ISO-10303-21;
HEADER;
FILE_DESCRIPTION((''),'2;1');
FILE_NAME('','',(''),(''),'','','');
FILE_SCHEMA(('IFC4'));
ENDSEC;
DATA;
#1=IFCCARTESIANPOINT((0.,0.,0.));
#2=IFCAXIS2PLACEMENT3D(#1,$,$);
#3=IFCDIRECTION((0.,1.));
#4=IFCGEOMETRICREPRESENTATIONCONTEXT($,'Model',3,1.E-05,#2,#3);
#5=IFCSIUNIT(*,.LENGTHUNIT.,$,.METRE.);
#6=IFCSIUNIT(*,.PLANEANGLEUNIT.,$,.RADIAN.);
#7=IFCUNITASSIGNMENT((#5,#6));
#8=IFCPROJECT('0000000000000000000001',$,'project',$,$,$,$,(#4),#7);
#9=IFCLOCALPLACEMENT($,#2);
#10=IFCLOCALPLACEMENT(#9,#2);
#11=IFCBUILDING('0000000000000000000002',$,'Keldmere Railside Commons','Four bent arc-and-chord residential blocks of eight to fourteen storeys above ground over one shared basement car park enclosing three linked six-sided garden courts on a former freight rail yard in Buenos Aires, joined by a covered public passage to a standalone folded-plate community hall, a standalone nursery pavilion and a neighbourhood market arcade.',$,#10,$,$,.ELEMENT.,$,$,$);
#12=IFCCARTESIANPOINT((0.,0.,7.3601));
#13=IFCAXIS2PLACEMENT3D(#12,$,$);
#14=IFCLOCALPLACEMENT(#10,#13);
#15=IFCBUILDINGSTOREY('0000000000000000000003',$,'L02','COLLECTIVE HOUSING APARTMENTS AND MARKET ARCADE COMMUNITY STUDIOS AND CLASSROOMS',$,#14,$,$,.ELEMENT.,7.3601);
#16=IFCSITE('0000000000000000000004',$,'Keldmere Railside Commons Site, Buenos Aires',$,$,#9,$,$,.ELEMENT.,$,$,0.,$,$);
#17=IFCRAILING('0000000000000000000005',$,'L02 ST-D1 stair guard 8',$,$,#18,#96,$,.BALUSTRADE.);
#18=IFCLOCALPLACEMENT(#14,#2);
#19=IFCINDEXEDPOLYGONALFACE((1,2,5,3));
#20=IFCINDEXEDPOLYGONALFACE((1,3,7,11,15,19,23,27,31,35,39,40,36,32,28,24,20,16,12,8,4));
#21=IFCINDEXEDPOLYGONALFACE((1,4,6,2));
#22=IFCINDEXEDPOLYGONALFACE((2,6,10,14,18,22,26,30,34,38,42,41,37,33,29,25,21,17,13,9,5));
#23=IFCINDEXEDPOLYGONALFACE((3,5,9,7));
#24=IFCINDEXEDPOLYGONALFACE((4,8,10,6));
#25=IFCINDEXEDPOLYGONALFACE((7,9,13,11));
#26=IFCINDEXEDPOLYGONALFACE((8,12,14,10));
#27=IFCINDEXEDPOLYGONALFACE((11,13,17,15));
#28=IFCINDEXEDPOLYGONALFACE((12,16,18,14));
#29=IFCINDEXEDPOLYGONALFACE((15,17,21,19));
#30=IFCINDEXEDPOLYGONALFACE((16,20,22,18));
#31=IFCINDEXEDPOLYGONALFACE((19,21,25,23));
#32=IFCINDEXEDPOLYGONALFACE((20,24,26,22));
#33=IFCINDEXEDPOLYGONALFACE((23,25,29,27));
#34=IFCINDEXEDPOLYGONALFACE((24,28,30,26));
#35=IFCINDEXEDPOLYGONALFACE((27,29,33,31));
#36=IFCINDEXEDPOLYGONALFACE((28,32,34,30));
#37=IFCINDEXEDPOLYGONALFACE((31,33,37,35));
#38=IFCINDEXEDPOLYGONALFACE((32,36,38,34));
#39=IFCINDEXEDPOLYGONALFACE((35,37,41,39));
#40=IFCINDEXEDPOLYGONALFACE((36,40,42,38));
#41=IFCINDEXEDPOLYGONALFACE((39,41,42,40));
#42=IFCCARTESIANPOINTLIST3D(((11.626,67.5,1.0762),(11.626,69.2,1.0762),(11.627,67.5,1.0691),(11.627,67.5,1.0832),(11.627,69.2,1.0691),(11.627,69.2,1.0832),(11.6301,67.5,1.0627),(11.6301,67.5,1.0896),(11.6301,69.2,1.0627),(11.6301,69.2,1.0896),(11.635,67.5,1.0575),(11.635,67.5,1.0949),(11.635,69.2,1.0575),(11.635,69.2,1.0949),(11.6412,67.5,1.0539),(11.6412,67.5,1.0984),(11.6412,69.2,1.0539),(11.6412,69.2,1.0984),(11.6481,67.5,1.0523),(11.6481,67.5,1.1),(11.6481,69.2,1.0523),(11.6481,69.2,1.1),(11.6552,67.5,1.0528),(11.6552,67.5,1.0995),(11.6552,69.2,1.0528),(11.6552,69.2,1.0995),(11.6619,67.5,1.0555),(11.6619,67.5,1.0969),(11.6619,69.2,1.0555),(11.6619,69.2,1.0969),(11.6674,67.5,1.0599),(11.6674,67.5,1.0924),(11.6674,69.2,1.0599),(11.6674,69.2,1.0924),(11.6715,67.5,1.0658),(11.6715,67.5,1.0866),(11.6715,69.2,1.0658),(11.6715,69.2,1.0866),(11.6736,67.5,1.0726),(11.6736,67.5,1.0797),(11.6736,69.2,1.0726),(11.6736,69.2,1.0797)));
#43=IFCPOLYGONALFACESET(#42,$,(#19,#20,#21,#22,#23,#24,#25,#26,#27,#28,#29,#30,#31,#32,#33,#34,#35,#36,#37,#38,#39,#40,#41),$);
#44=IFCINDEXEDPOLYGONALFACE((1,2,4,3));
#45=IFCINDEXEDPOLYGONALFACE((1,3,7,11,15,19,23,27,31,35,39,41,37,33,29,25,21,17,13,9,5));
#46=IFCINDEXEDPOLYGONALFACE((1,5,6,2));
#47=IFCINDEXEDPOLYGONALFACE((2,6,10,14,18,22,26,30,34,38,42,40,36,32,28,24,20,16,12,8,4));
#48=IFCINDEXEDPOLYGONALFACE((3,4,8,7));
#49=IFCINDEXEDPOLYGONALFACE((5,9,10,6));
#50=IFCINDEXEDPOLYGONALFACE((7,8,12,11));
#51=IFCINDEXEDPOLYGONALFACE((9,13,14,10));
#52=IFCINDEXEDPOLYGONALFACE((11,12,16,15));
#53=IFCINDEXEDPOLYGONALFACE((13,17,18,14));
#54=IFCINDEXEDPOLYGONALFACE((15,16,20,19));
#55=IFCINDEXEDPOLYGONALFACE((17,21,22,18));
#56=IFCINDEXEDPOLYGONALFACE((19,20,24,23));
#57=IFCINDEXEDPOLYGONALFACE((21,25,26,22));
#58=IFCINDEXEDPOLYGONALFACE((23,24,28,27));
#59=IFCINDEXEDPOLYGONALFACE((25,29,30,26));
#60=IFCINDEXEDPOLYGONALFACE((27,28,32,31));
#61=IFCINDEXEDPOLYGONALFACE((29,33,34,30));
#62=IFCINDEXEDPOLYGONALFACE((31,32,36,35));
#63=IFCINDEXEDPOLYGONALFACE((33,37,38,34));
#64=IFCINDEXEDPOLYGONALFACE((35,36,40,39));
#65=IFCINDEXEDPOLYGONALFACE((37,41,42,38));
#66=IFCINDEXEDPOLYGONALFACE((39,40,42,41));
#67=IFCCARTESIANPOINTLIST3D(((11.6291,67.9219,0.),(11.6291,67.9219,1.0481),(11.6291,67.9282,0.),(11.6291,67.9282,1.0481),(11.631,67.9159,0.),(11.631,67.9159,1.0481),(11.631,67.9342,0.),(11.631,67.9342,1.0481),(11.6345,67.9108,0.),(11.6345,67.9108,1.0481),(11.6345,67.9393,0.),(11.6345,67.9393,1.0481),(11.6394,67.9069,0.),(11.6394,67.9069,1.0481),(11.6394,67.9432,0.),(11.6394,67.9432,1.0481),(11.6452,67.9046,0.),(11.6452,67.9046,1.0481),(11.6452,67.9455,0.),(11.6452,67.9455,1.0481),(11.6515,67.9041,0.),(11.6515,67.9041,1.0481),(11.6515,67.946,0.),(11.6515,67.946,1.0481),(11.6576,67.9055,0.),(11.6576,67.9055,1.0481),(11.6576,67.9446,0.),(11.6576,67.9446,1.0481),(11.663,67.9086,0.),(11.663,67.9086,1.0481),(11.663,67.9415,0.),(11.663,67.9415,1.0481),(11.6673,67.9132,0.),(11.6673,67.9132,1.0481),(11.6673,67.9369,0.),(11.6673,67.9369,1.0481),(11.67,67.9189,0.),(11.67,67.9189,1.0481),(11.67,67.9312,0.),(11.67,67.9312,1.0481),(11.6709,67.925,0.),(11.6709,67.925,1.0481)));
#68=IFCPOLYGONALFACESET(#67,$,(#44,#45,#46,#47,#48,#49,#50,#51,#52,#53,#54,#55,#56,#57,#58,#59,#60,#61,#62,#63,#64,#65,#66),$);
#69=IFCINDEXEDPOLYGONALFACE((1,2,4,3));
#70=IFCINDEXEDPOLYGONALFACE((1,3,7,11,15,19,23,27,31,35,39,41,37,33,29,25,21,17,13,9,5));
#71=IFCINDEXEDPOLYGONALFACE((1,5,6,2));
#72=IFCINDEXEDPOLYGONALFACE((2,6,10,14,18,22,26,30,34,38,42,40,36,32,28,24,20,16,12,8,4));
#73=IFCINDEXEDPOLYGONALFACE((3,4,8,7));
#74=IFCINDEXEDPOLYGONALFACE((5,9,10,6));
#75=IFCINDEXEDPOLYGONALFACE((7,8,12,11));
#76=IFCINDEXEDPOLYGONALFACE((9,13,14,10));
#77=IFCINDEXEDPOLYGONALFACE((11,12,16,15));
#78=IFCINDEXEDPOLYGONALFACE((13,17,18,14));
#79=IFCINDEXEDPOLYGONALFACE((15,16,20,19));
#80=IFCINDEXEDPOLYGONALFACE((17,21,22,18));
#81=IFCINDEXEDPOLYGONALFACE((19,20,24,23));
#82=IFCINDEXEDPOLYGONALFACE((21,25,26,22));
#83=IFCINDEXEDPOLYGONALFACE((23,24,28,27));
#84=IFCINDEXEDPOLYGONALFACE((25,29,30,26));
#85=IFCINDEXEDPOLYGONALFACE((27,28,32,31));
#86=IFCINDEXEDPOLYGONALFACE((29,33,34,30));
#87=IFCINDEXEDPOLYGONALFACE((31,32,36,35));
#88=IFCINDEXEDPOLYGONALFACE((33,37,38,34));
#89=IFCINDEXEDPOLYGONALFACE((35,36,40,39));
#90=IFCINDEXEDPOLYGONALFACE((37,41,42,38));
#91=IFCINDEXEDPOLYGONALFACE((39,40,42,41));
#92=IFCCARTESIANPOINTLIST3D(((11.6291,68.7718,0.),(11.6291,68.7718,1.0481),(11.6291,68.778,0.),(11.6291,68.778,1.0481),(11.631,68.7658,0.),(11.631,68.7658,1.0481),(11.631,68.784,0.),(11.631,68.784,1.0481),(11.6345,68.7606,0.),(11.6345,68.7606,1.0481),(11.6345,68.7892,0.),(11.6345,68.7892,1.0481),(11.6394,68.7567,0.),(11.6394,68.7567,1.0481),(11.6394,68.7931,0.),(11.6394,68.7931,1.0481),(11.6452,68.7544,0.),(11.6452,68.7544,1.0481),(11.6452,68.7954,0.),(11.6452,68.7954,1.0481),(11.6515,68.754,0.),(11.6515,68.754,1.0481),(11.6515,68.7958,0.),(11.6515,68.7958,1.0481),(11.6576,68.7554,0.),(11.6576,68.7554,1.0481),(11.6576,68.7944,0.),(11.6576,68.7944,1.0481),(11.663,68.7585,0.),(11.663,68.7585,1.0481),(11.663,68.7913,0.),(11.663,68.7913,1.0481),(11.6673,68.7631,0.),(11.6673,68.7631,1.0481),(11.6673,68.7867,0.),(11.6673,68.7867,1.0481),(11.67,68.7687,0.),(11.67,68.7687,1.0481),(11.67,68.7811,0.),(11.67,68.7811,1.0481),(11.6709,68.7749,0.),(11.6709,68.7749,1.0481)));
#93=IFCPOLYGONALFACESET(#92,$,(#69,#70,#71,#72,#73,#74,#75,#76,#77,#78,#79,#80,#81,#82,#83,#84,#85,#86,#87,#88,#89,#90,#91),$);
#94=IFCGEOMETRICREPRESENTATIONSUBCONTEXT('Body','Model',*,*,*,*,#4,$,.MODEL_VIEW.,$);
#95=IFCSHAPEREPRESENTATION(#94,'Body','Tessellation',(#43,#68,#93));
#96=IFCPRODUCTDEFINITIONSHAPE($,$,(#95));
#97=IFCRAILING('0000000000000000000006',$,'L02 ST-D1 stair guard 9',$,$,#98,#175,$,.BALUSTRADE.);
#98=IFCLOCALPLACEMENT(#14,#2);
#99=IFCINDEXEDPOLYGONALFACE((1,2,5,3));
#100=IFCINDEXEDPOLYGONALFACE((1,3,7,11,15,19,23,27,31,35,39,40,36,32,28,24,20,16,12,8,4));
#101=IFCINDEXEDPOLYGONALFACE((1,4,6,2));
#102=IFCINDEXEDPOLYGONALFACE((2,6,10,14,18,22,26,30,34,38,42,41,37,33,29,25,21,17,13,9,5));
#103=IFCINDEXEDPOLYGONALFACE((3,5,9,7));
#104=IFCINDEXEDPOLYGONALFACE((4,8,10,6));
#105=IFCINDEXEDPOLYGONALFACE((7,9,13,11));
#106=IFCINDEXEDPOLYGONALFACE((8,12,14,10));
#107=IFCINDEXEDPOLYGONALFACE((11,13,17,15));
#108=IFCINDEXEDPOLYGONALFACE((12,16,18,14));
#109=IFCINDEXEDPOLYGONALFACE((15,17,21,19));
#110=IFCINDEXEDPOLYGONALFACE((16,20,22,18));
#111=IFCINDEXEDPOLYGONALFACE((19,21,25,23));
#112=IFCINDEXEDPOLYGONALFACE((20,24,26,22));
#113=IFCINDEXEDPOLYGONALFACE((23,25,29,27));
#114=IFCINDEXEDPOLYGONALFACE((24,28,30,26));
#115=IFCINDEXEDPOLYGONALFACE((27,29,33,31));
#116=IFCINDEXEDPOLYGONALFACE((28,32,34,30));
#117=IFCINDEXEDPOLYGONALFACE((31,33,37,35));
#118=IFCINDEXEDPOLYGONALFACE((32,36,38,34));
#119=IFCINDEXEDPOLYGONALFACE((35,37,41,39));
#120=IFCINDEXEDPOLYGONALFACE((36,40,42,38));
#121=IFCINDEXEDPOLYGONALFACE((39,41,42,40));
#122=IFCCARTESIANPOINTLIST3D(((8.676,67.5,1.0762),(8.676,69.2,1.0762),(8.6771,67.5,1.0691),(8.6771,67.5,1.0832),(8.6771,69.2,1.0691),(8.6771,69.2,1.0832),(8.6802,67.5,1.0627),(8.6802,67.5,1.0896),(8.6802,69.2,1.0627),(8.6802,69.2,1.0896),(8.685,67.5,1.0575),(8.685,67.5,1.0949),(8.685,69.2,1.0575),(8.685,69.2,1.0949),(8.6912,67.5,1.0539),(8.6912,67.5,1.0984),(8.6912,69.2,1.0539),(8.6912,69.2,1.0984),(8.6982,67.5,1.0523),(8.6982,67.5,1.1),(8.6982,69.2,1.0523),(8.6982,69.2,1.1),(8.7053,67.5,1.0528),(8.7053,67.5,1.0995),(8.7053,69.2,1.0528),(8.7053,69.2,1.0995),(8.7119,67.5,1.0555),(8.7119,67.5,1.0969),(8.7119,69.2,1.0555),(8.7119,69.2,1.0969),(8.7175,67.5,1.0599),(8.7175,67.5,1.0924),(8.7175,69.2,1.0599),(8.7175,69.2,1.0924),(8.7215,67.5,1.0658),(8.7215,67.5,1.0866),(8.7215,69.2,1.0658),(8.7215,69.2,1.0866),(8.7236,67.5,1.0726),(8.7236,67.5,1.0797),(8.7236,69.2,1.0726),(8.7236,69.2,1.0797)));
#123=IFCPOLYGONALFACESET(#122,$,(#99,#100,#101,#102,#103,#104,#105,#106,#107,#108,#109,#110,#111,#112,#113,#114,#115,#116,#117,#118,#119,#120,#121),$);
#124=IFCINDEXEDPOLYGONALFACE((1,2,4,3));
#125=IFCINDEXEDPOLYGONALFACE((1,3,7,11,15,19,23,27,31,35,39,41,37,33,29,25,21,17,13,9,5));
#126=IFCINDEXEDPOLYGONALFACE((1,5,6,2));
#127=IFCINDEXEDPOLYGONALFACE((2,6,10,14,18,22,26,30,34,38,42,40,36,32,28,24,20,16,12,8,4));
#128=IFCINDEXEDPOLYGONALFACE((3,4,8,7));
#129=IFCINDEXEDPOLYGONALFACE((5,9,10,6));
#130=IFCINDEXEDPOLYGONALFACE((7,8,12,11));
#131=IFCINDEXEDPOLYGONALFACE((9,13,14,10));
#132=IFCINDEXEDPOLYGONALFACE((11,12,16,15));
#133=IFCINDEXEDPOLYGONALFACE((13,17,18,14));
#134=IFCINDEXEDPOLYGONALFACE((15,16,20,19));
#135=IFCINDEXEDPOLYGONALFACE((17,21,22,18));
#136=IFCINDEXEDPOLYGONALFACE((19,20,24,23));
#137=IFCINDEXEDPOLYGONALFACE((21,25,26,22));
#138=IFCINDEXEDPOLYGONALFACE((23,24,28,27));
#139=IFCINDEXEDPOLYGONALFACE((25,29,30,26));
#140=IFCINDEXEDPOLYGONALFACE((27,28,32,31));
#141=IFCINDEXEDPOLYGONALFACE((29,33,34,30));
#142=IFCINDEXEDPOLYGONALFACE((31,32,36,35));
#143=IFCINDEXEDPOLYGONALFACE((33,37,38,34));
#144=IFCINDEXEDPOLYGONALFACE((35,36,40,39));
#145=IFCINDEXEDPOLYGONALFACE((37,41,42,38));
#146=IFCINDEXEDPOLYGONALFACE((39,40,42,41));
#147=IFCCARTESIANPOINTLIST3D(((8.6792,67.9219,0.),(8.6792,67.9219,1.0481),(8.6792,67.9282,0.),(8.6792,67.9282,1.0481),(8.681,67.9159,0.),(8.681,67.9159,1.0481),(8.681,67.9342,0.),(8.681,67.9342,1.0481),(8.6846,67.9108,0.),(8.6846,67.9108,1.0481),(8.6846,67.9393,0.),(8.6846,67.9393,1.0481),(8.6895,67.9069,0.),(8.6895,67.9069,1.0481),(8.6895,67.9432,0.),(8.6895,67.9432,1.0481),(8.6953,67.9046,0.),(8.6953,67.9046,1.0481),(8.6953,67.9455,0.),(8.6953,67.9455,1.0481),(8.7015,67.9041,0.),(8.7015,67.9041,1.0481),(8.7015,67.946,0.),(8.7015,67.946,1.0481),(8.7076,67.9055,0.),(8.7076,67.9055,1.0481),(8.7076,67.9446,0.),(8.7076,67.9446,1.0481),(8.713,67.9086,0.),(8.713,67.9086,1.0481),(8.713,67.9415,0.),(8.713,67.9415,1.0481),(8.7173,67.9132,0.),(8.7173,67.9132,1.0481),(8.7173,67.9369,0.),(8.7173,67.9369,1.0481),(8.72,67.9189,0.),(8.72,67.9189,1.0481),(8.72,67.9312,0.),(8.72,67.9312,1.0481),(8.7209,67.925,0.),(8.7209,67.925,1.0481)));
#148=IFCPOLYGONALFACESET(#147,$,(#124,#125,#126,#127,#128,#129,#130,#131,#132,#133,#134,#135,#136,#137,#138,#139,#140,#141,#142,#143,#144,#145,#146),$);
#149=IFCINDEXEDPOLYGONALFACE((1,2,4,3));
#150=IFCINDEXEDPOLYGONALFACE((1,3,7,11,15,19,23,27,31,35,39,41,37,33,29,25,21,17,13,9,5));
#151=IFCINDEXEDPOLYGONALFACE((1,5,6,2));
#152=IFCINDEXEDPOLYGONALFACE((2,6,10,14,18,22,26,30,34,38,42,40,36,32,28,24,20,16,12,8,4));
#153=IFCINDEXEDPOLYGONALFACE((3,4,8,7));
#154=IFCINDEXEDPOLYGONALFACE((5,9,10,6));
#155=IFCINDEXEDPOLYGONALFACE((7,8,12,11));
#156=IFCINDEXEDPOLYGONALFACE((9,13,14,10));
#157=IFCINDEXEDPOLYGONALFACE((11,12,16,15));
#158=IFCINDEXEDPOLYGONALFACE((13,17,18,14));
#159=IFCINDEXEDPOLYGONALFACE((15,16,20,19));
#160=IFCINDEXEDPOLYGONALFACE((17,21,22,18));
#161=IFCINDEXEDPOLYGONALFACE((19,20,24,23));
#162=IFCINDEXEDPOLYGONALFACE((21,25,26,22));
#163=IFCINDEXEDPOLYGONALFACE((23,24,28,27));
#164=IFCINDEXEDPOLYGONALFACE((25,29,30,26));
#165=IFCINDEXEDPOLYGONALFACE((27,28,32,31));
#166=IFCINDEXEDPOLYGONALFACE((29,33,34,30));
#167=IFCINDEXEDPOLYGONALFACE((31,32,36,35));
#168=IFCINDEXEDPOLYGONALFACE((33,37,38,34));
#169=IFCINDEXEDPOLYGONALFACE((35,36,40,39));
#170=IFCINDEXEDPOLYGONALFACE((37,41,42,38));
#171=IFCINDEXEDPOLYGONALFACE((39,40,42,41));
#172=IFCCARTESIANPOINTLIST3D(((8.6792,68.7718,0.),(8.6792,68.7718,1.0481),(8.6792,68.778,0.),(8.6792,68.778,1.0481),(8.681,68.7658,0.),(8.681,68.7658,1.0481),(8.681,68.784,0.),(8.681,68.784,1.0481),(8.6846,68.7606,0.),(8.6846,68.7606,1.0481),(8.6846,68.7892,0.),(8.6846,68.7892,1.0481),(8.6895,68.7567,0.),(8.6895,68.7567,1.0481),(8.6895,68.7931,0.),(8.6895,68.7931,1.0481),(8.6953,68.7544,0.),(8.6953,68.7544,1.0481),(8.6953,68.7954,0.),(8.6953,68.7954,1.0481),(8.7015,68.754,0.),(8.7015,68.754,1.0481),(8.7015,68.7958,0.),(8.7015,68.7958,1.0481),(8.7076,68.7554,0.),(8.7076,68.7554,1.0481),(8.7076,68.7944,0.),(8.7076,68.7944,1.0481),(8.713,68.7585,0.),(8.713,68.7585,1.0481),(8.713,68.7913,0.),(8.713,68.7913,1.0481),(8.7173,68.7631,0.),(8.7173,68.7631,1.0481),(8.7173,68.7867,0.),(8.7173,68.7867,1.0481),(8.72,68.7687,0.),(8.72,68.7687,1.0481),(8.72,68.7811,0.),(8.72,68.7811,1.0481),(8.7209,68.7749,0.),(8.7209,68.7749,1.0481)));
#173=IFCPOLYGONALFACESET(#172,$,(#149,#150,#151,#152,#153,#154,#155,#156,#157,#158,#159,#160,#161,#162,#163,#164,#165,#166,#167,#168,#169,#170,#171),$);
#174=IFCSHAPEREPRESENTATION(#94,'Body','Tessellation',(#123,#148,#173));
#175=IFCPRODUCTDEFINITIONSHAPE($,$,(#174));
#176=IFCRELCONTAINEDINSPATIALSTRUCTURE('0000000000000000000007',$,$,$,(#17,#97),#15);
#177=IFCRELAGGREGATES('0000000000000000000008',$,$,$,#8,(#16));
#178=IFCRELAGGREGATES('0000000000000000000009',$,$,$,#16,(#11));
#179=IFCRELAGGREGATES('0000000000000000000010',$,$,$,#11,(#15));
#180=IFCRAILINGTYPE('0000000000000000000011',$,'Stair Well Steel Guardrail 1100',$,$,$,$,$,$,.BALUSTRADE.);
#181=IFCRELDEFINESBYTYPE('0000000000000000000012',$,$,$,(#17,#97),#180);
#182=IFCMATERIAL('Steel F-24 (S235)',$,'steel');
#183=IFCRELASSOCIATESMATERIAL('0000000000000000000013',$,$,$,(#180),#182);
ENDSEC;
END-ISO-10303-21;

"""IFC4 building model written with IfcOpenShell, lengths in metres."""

from ifc_helpers import new_model, si_unit, direction, frame, origin, origin_2d, place, context, subcontext, project, spatial, circle, extrude, material, type_object, element, save


model = new_model("IFC4")

# Units and contexts
model_context = context("Model", 3, precision=1e-05, world=origin(), true_north=direction((0.0, 1.0)))
body_context = subcontext(model_context, "Body", "Model", "MODEL_VIEW")
ifc_project = project(units=[si_unit("LENGTHUNIT", "METRE"), si_unit("PLANEANGLEUNIT", "RADIAN")], contexts=[model_context])

# Site, building, storey
site_placement = place(None, origin())
site = spatial("IfcSite", under=ifc_project, at=site_placement, Name="Keldmere Railside Commons Site, Buenos Aires", CompositionType="ELEMENT", RefElevation=0.0)
building_placement = place(site_placement, origin())
building = spatial("IfcBuilding", under=site, at=building_placement, Name="Keldmere Railside Commons", Description="Four bent arc-and-chord residential blocks of eight to fourteen storeys above ground over one shared basement car park enclosing three linked six-sided garden courts on a former freight rail yard in Buenos Aires, joined by a covered public passage to a standalone folded-plate community hall, a standalone nursery pavilion and a neighbourhood market arcade.", CompositionType="ELEMENT")
storey_placement = place(building_placement, frame((0.0, 0.0, 7.3601)))
storey = spatial("IfcBuildingStorey", under=building, at=storey_placement, Name="L02", Description="COLLECTIVE HOUSING APARTMENTS AND MARKET ARCADE COMMUNITY STUDIOS AND CLASSROOMS", CompositionType="ELEMENT", Elevation=7.3601)

# Shared definitions
ifc_material_1 = material(Name="Steel F-24 (S235)", Category="steel")

# Railings
railing_type_1 = type_object("IfcRailingType", Name="Stair Well Steel Guardrail 1100", PredefinedType="BALUSTRADE", material=ifc_material_1)
for number, where, name in (
    (1, (11.6499, 67.5, 0.0), "L02 ST-D1 stair guard 8"),
    (2, (8.7, 67.5, 0.0), "L02 ST-D1 stair guard 9"),
):
    element("IfcRailing", number, at=place(storey_placement, frame(where)), inside=storey, type_object=railing_type_1, Name=name, PredefinedType="BALUSTRADE", context=body_context, shape_type="SweptSolid", body=[
        extrude(circle(Radius=0.0239, at=origin_2d()), frame((0.0, 0.0, 1.0762), z_axis=(0.0, 1.0, 0.0), x_axis=(-1.0, 0.0, 0.0)), (0.0, 0.0, 1.0), 1.7),
        extrude(circle(Radius=0.021, at=origin_2d()), frame((0.0, 0.425, 0.0)), (0.0, 0.0, 1.0), 1.0481),
        extrude(circle(Radius=0.021, at=origin_2d()), frame((0.0, 1.2749, 0.0)), (0.0, 0.0, 1.0), 1.0481),
    ])

save(model, "model.ifc")
